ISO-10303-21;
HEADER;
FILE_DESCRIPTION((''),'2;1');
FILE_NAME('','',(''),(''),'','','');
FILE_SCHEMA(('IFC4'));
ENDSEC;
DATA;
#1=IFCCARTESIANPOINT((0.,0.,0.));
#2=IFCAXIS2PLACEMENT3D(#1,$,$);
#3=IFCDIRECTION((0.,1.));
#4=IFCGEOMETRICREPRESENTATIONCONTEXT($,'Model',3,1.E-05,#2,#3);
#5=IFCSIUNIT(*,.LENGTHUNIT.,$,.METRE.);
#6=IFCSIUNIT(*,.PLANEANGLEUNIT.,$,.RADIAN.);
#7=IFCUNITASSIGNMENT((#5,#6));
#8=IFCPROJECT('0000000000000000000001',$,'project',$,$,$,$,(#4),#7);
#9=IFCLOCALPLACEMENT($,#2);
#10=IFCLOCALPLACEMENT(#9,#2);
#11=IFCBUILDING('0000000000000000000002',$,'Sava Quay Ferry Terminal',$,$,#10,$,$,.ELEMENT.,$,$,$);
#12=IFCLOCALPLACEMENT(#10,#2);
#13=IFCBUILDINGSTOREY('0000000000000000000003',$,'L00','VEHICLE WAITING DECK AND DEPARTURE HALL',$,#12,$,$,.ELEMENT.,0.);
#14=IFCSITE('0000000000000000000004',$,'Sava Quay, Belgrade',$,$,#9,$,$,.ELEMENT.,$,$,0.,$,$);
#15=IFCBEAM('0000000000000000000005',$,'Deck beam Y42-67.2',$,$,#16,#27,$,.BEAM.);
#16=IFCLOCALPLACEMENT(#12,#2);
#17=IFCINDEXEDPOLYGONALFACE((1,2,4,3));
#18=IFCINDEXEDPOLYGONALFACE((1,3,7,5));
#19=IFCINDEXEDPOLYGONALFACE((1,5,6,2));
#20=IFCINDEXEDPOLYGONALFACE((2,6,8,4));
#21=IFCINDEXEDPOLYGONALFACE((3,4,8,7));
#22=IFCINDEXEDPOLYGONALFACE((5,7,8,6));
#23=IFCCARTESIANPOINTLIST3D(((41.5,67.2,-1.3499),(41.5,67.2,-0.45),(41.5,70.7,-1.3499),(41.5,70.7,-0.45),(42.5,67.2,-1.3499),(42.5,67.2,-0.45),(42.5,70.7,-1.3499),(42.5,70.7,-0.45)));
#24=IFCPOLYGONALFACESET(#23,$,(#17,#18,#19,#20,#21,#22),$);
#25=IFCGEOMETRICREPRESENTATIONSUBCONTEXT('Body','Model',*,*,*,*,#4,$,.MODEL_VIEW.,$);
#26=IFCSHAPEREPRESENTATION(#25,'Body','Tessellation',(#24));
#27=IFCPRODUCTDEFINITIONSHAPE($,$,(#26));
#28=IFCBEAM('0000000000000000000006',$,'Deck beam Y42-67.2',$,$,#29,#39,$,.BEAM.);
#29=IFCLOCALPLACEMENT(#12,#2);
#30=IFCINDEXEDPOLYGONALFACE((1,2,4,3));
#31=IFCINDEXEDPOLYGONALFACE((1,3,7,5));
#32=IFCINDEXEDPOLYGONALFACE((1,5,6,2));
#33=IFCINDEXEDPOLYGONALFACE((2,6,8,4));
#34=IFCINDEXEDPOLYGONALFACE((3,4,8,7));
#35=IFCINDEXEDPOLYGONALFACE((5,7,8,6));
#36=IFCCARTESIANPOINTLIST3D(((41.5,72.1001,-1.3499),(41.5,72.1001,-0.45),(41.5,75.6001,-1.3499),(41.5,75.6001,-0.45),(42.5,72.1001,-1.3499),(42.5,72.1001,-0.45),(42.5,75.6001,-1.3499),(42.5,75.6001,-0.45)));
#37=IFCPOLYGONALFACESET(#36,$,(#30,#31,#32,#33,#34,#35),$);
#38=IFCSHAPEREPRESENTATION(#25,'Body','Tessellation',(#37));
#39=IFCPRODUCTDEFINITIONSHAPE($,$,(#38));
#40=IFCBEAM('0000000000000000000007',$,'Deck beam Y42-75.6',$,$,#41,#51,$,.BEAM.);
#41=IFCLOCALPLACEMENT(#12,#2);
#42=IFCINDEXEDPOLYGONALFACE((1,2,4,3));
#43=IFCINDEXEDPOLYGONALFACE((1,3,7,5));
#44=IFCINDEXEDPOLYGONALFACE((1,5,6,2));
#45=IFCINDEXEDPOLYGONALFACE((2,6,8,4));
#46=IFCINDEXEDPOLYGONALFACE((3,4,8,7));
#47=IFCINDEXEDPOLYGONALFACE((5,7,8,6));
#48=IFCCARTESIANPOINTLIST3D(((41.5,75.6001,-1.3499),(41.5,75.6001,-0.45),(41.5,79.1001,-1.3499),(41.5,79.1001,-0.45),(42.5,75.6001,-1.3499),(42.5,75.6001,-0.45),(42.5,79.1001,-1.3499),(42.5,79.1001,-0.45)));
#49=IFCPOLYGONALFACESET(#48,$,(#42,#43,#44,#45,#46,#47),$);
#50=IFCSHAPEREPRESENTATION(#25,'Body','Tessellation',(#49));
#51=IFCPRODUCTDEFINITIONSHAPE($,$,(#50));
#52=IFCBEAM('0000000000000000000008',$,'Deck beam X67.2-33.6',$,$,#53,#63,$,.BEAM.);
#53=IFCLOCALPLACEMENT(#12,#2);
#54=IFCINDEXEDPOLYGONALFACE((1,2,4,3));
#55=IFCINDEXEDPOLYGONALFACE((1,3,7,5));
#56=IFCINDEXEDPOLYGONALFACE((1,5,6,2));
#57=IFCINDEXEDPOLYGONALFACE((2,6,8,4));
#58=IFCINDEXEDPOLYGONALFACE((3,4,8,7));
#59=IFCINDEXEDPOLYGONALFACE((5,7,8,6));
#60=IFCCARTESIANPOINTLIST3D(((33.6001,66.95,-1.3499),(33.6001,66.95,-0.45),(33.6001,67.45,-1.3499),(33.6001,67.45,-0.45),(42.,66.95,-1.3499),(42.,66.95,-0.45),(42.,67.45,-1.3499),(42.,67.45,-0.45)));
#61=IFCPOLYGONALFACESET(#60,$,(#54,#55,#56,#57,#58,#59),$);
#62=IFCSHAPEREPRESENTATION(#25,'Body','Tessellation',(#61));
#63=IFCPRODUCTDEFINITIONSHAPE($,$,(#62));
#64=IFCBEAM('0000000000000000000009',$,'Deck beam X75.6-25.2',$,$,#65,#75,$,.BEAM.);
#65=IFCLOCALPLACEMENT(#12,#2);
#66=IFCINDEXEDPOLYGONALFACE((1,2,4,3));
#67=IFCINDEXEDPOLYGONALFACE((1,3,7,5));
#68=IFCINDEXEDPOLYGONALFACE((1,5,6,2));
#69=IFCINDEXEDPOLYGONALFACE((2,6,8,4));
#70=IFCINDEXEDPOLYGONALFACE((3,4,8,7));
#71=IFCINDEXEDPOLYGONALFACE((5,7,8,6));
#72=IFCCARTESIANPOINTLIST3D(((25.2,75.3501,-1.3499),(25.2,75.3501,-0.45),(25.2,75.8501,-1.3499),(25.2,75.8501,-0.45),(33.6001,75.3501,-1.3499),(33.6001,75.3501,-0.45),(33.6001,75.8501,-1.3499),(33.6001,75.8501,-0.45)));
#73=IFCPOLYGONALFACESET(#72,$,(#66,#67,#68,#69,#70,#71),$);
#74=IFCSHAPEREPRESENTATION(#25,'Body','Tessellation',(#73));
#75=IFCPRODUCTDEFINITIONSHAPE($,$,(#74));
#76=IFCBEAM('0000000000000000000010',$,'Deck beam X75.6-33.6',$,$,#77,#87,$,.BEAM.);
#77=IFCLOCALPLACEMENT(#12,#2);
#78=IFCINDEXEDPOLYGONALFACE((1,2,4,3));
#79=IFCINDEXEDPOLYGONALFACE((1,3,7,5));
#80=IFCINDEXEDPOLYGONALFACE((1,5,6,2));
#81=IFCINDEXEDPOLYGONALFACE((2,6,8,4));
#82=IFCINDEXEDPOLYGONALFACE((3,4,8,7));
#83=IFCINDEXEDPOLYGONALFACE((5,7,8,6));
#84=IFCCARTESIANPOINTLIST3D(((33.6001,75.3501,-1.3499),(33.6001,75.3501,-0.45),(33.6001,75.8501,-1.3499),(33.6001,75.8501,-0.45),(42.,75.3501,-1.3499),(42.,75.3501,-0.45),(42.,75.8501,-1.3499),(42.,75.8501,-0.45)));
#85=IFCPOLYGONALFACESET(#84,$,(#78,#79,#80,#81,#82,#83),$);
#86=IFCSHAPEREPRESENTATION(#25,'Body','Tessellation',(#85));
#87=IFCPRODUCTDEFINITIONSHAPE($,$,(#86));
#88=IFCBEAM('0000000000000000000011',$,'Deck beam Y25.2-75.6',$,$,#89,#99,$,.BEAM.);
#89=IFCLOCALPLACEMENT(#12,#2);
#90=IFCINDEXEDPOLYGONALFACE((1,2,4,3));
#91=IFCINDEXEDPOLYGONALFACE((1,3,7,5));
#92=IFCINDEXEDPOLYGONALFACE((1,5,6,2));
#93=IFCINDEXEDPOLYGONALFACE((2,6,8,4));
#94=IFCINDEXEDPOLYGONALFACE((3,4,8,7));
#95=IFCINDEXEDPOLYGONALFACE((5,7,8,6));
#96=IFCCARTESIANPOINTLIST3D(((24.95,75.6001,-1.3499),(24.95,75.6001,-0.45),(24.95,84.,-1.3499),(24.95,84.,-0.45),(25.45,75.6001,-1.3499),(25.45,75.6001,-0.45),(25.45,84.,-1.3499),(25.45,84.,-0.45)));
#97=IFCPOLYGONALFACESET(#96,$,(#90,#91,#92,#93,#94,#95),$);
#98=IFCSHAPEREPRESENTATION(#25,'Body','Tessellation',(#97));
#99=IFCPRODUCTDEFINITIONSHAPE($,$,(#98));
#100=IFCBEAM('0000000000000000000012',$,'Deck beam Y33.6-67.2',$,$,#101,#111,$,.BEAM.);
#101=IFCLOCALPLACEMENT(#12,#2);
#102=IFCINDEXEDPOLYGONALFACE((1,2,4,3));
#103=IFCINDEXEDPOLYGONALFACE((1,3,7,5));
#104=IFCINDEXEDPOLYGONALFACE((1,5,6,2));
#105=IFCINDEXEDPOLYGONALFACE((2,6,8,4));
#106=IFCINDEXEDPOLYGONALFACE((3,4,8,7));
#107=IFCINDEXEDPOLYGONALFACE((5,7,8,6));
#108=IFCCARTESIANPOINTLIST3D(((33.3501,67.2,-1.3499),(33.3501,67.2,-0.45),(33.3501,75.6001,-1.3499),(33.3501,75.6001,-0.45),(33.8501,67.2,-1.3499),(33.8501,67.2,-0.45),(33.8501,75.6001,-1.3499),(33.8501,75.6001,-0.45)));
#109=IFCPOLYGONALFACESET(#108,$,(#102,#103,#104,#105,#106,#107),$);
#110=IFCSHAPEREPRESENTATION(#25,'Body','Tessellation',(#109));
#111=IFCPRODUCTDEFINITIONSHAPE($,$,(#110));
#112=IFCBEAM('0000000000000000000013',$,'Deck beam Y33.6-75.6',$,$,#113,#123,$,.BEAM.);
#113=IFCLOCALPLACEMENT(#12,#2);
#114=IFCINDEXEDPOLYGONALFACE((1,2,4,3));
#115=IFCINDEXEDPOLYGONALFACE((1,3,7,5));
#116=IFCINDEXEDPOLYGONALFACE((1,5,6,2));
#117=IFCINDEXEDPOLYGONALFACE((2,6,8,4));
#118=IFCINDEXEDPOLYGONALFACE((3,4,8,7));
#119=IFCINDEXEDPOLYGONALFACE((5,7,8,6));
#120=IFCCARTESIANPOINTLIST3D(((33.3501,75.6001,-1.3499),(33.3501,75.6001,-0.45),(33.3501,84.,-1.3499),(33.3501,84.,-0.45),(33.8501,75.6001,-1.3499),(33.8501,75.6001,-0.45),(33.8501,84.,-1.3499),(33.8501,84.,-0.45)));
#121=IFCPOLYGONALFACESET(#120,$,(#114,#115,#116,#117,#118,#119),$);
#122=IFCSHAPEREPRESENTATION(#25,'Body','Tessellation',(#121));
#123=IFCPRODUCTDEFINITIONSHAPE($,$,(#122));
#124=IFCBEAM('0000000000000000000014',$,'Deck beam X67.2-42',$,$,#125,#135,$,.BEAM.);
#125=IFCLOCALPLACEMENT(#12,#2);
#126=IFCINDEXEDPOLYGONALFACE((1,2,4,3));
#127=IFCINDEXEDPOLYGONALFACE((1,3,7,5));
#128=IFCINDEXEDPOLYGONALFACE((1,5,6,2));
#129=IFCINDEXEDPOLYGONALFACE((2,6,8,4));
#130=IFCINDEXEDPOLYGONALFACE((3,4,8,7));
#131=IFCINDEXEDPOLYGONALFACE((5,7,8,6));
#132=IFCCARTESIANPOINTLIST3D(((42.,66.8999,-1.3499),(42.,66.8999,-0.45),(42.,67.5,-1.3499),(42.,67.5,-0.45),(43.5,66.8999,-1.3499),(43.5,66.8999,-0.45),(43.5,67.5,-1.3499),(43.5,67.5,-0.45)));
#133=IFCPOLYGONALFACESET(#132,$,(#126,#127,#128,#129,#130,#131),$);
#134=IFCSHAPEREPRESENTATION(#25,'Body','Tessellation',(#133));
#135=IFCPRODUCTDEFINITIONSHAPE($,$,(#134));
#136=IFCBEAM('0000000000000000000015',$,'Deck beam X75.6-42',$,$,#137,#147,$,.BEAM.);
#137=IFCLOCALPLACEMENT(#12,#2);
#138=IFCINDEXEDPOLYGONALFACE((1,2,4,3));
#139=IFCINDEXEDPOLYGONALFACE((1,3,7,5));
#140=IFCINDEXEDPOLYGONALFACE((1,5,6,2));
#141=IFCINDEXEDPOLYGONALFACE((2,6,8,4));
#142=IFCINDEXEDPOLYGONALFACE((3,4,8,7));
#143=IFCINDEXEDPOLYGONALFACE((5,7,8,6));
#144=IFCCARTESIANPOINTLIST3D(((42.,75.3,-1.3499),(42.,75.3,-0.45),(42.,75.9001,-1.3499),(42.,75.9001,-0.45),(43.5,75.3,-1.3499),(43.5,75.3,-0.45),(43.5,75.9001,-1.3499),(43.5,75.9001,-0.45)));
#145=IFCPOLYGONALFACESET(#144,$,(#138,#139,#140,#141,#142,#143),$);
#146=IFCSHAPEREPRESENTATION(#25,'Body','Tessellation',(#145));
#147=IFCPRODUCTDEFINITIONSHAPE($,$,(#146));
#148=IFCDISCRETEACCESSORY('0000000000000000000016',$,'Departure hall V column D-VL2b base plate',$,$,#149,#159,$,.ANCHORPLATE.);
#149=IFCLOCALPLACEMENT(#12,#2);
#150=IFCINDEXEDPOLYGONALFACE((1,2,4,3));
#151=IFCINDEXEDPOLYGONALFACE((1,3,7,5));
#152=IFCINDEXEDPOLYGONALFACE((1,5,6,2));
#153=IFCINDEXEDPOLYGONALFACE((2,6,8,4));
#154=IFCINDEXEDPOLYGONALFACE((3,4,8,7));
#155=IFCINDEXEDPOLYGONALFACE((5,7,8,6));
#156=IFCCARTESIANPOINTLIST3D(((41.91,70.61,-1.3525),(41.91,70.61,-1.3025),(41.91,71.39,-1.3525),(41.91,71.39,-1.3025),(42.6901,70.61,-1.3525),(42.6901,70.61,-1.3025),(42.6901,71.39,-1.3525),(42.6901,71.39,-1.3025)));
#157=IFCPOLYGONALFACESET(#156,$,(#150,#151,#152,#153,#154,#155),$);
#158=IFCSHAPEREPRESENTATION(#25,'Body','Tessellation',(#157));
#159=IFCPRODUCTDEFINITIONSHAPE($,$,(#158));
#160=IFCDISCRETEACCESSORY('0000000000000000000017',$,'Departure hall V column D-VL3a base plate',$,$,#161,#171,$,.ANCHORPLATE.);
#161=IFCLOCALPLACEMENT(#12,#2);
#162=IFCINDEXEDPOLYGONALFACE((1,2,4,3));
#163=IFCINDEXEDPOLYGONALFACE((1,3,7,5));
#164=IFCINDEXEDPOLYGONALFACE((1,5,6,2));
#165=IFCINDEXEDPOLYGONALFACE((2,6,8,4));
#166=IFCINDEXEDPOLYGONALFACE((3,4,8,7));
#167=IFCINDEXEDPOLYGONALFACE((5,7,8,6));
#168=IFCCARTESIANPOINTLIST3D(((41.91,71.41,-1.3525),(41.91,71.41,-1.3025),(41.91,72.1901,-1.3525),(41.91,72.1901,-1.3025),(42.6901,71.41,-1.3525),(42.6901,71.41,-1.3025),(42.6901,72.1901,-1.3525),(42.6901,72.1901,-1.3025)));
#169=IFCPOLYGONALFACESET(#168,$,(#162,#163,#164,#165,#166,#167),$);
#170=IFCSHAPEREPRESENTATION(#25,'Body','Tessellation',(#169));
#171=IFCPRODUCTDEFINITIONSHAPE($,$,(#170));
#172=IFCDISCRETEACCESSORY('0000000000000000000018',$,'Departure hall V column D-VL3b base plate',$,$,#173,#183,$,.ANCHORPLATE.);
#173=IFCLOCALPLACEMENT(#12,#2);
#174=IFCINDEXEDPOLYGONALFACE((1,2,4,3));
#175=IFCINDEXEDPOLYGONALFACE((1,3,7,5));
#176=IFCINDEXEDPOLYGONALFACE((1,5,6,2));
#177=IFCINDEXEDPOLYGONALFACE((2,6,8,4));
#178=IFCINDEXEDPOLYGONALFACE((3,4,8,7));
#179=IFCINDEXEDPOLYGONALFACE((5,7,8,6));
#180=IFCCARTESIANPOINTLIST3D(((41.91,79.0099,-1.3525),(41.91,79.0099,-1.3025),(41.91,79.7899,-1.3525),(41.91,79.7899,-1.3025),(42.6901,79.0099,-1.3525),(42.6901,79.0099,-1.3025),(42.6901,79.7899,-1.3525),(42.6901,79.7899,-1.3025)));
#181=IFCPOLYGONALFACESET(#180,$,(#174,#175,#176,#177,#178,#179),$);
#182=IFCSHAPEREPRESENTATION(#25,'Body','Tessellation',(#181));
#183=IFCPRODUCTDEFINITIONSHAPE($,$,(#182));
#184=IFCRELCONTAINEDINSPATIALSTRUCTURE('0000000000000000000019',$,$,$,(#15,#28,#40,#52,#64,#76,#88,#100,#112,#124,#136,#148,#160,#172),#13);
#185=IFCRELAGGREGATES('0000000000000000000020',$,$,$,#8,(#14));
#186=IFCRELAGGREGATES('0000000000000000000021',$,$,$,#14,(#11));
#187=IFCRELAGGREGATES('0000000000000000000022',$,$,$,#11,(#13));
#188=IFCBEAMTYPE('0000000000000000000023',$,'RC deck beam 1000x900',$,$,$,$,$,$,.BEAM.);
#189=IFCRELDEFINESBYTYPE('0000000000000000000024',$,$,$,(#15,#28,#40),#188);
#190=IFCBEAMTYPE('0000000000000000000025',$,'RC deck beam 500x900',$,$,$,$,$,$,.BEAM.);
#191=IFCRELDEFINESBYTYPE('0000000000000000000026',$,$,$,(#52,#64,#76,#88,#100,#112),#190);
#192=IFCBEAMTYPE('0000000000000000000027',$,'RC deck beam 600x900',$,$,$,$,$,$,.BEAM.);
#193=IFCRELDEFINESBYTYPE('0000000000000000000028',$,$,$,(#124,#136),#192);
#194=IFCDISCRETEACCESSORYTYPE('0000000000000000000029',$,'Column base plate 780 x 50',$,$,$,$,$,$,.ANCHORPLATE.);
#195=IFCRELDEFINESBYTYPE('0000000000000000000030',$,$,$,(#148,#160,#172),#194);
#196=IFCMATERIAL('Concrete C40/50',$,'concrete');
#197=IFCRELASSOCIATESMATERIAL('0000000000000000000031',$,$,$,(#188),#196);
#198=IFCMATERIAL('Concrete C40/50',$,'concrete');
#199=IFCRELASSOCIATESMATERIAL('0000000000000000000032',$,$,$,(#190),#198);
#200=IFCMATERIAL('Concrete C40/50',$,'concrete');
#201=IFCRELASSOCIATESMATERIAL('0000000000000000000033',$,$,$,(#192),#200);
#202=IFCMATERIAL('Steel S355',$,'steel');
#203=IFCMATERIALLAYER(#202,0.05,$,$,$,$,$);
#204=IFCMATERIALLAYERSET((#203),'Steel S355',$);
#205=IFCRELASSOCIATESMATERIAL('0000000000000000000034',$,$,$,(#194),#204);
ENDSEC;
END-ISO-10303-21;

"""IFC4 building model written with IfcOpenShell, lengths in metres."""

from ifc_helpers import new_model, si_unit, direction, frame, origin, origin_2d, place, context, subcontext, project, spatial, rectangle, extrude, material, layer, layer_set, material_profile, profile_set, type_object, element, save


model = new_model("IFC4")

# Units and contexts
model_context = context("Model", 3, precision=1e-05, world=origin(), true_north=direction((0.0, 1.0)))
body_context = subcontext(model_context, "Body", "Model", "MODEL_VIEW")
ifc_project = project(units=[si_unit("LENGTHUNIT", "METRE"), si_unit("PLANEANGLEUNIT", "RADIAN")], contexts=[model_context])

# Site, building, storey
site_placement = place(None, origin())
site = spatial("IfcSite", under=ifc_project, at=site_placement, Name="Sava Quay, Belgrade", CompositionType="ELEMENT", RefElevation=0.0)
building_placement = place(site_placement, origin())
building = spatial("IfcBuilding", under=site, at=building_placement, Name="Sava Quay Ferry Terminal", CompositionType="ELEMENT")
storey_placement = place(building_placement, origin())
storey = spatial("IfcBuildingStorey", under=building, at=storey_placement, Name="L00", Description="VEHICLE WAITING DECK AND DEPARTURE HALL", CompositionType="ELEMENT", Elevation=0.0)

# Beams
ifc_material_1 = material(Name="Concrete C40/50", Category="concrete")
ifc_material_profile_1 = material_profile(ifc_material_1, rectangle(XDim=1.0, YDim=0.8999, at=origin_2d()), Name="RC 1000x900")
ifc_profile_set_1 = profile_set([ifc_material_profile_1], Name="Concrete C40/50")
beam_type_1 = type_object("IfcBeamType", Name="RC deck beam 1000x900", PredefinedType="BEAM", material=ifc_profile_set_1)
for number, where, z_axis, x_axis, name in (
    (1, (42.0, 67.2, -0.8999), (0.0, 1.0, 0.0), (-1.0, 0.0, 0.0), "Deck beam Y42-67.2"),
    (2, (42.0, 72.1001, -0.8999), (0.0, 1.0, 0.0), (-1.0, 0.0, 0.0), "Deck beam Y42-67.2"),
    (3, (42.0, 75.6001, -0.8999), (0.0, 1.0, 0.0), (-1.0, 0.0, 0.0), "Deck beam Y42-75.6"),
):
    element("IfcBeam", number, at=place(storey_placement, frame(where, z_axis=z_axis, x_axis=x_axis)), inside=storey, type_object=beam_type_1, Name=name, PredefinedType="BEAM", context=body_context, shape_type="SweptSolid", body=[
        extrude(rectangle(XDim=1.0, YDim=0.8999, at=origin_2d()), origin(), (0.0, 0.0, 1.0), 3.5),
    ])
ifc_material_2 = material(Name="Concrete C40/50", Category="concrete")
ifc_material_profile_2 = material_profile(ifc_material_2, rectangle(XDim=0.5, YDim=0.8999, at=origin_2d()), Name="RC 500x900")
ifc_profile_set_2 = profile_set([ifc_material_profile_2], Name="Concrete C40/50")
beam_type_2 = type_object("IfcBeamType", Name="RC deck beam 500x900", PredefinedType="BEAM", material=ifc_profile_set_2)
beam_1_placement = place(storey_placement, frame((33.6001, 67.2, -0.8999), z_axis=(1.0, 0.0, 0.0), x_axis=(0.0, 1.0, 0.0)))
element("IfcBeam", 4, at=beam_1_placement, inside=storey, type_object=beam_type_2, Name="Deck beam X67.2-33.6", PredefinedType="BEAM", context=body_context, shape_type="SweptSolid", body=[
    extrude(rectangle(XDim=0.5, YDim=0.8999, at=origin_2d()), origin(), (0.0, 0.0, 1.0), 8.3999),
])
beam_2_placement = place(storey_placement, frame((25.2, 75.6001, -0.8999), z_axis=(1.0, 0.0, 0.0), x_axis=(0.0, 1.0, 0.0)))
element("IfcBeam", 5, at=beam_2_placement, inside=storey, type_object=beam_type_2, Name="Deck beam X75.6-25.2", PredefinedType="BEAM", context=body_context, shape_type="SweptSolid", body=[
    extrude(rectangle(XDim=0.5, YDim=0.8999, at=origin_2d()), origin(), (0.0, 0.0, 1.0), 8.4001),
])
for number, where, z_axis, x_axis, name in (
    (6, (33.6001, 75.6001, -0.8999), (1.0, 0.0, 0.0), (0.0, 1.0, 0.0), "Deck beam X75.6-33.6"),
    (7, (25.2, 75.6001, -0.8999), (0.0, 1.0, 0.0), (-1.0, 0.0, 0.0), "Deck beam Y25.2-75.6"),
):
    element("IfcBeam", number, at=place(storey_placement, frame(where, z_axis=z_axis, x_axis=x_axis)), inside=storey, type_object=beam_type_2, Name=name, PredefinedType="BEAM", context=body_context, shape_type="SweptSolid", body=[
        extrude(rectangle(XDim=0.5, YDim=0.8999, at=origin_2d()), origin(), (0.0, 0.0, 1.0), 8.3999),
    ])
beam_3_placement = place(storey_placement, frame((33.6001, 67.2, -0.8999), z_axis=(0.0, 1.0, 0.0), x_axis=(-1.0, 0.0, 0.0)))
element("IfcBeam", 8, at=beam_3_placement, inside=storey, type_object=beam_type_2, Name="Deck beam Y33.6-67.2", PredefinedType="BEAM", context=body_context, shape_type="SweptSolid", body=[
    extrude(rectangle(XDim=0.5, YDim=0.8999, at=origin_2d()), origin(), (0.0, 0.0, 1.0), 8.4001),
])
beam_4_placement = place(storey_placement, frame((33.6001, 75.6001, -0.8999), z_axis=(0.0, 1.0, 0.0), x_axis=(-1.0, 0.0, 0.0)))
element("IfcBeam", 9, at=beam_4_placement, inside=storey, type_object=beam_type_2, Name="Deck beam Y33.6-75.6", PredefinedType="BEAM", context=body_context, shape_type="SweptSolid", body=[
    extrude(rectangle(XDim=0.5, YDim=0.8999, at=origin_2d()), origin(), (0.0, 0.0, 1.0), 8.3999),
])
ifc_material_3 = material(Name="Concrete C40/50", Category="concrete")
ifc_material_profile_3 = material_profile(ifc_material_3, rectangle(XDim=0.6001, YDim=0.8999, at=origin_2d()), Name="RC 600x900")
ifc_profile_set_3 = profile_set([ifc_material_profile_3], Name="Concrete C40/50")
beam_type_3 = type_object("IfcBeamType", Name="RC deck beam 600x900", PredefinedType="BEAM", material=ifc_profile_set_3)
for number, where, z_axis, x_axis, name in (
    (10, (42.0, 67.2, -0.8999), (1.0, 0.0, 0.0), (0.0, 1.0, 0.0), "Deck beam X67.2-42"),
    (11, (42.0, 75.6001, -0.8999), (1.0, 0.0, 0.0), (0.0, 1.0, 0.0), "Deck beam X75.6-42"),
):
    element("IfcBeam", number, at=place(storey_placement, frame(where, z_axis=z_axis, x_axis=x_axis)), inside=storey, type_object=beam_type_3, Name=name, PredefinedType="BEAM", context=body_context, shape_type="SweptSolid", body=[
        extrude(rectangle(XDim=0.6001, YDim=0.8999, at=origin_2d()), origin(), (0.0, 0.0, 1.0), 1.5),
    ])

# Discrete accessories
ifc_material_4 = material(Name="Steel S355", Category="steel")
ifc_layer = layer(ifc_material_4, 0.05)
ifc_layer_set = layer_set([ifc_layer], Name="Steel S355")
discrete_accessory_type = type_object("IfcDiscreteAccessoryType", Name="Column base plate 780 x 50", PredefinedType="ANCHORPLATE", material=ifc_layer_set)
for number, where, z_axis, x_axis, name in (
    (12, (42.3, 71.0, -1.3525), (0.0, 0.0, 1.0), (1.0, 0.0, 0.0), "Departure hall V column D-VL2b base plate"),
    (13, (42.3, 71.8, -1.3525), (0.0, 0.0, 1.0), (1.0, 0.0, 0.0), "Departure hall V column D-VL3a base plate"),
    (14, (42.3, 79.3999, -1.3525), (0.0, 0.0, 1.0), (1.0, 0.0, 0.0), "Departure hall V column D-VL3b base plate"),
):
    element("IfcDiscreteAccessory", number, at=place(storey_placement, frame(where, z_axis=z_axis, x_axis=x_axis)), inside=storey, type_object=discrete_accessory_type, Name=name, PredefinedType="ANCHORPLATE", context=body_context, shape_type="SweptSolid", body=[
        extrude(rectangle(XDim=0.78, YDim=0.78, at=origin_2d()), origin(), (0.0, 0.0, 1.0), 0.05),
    ])

save(model, "model.ifc")
